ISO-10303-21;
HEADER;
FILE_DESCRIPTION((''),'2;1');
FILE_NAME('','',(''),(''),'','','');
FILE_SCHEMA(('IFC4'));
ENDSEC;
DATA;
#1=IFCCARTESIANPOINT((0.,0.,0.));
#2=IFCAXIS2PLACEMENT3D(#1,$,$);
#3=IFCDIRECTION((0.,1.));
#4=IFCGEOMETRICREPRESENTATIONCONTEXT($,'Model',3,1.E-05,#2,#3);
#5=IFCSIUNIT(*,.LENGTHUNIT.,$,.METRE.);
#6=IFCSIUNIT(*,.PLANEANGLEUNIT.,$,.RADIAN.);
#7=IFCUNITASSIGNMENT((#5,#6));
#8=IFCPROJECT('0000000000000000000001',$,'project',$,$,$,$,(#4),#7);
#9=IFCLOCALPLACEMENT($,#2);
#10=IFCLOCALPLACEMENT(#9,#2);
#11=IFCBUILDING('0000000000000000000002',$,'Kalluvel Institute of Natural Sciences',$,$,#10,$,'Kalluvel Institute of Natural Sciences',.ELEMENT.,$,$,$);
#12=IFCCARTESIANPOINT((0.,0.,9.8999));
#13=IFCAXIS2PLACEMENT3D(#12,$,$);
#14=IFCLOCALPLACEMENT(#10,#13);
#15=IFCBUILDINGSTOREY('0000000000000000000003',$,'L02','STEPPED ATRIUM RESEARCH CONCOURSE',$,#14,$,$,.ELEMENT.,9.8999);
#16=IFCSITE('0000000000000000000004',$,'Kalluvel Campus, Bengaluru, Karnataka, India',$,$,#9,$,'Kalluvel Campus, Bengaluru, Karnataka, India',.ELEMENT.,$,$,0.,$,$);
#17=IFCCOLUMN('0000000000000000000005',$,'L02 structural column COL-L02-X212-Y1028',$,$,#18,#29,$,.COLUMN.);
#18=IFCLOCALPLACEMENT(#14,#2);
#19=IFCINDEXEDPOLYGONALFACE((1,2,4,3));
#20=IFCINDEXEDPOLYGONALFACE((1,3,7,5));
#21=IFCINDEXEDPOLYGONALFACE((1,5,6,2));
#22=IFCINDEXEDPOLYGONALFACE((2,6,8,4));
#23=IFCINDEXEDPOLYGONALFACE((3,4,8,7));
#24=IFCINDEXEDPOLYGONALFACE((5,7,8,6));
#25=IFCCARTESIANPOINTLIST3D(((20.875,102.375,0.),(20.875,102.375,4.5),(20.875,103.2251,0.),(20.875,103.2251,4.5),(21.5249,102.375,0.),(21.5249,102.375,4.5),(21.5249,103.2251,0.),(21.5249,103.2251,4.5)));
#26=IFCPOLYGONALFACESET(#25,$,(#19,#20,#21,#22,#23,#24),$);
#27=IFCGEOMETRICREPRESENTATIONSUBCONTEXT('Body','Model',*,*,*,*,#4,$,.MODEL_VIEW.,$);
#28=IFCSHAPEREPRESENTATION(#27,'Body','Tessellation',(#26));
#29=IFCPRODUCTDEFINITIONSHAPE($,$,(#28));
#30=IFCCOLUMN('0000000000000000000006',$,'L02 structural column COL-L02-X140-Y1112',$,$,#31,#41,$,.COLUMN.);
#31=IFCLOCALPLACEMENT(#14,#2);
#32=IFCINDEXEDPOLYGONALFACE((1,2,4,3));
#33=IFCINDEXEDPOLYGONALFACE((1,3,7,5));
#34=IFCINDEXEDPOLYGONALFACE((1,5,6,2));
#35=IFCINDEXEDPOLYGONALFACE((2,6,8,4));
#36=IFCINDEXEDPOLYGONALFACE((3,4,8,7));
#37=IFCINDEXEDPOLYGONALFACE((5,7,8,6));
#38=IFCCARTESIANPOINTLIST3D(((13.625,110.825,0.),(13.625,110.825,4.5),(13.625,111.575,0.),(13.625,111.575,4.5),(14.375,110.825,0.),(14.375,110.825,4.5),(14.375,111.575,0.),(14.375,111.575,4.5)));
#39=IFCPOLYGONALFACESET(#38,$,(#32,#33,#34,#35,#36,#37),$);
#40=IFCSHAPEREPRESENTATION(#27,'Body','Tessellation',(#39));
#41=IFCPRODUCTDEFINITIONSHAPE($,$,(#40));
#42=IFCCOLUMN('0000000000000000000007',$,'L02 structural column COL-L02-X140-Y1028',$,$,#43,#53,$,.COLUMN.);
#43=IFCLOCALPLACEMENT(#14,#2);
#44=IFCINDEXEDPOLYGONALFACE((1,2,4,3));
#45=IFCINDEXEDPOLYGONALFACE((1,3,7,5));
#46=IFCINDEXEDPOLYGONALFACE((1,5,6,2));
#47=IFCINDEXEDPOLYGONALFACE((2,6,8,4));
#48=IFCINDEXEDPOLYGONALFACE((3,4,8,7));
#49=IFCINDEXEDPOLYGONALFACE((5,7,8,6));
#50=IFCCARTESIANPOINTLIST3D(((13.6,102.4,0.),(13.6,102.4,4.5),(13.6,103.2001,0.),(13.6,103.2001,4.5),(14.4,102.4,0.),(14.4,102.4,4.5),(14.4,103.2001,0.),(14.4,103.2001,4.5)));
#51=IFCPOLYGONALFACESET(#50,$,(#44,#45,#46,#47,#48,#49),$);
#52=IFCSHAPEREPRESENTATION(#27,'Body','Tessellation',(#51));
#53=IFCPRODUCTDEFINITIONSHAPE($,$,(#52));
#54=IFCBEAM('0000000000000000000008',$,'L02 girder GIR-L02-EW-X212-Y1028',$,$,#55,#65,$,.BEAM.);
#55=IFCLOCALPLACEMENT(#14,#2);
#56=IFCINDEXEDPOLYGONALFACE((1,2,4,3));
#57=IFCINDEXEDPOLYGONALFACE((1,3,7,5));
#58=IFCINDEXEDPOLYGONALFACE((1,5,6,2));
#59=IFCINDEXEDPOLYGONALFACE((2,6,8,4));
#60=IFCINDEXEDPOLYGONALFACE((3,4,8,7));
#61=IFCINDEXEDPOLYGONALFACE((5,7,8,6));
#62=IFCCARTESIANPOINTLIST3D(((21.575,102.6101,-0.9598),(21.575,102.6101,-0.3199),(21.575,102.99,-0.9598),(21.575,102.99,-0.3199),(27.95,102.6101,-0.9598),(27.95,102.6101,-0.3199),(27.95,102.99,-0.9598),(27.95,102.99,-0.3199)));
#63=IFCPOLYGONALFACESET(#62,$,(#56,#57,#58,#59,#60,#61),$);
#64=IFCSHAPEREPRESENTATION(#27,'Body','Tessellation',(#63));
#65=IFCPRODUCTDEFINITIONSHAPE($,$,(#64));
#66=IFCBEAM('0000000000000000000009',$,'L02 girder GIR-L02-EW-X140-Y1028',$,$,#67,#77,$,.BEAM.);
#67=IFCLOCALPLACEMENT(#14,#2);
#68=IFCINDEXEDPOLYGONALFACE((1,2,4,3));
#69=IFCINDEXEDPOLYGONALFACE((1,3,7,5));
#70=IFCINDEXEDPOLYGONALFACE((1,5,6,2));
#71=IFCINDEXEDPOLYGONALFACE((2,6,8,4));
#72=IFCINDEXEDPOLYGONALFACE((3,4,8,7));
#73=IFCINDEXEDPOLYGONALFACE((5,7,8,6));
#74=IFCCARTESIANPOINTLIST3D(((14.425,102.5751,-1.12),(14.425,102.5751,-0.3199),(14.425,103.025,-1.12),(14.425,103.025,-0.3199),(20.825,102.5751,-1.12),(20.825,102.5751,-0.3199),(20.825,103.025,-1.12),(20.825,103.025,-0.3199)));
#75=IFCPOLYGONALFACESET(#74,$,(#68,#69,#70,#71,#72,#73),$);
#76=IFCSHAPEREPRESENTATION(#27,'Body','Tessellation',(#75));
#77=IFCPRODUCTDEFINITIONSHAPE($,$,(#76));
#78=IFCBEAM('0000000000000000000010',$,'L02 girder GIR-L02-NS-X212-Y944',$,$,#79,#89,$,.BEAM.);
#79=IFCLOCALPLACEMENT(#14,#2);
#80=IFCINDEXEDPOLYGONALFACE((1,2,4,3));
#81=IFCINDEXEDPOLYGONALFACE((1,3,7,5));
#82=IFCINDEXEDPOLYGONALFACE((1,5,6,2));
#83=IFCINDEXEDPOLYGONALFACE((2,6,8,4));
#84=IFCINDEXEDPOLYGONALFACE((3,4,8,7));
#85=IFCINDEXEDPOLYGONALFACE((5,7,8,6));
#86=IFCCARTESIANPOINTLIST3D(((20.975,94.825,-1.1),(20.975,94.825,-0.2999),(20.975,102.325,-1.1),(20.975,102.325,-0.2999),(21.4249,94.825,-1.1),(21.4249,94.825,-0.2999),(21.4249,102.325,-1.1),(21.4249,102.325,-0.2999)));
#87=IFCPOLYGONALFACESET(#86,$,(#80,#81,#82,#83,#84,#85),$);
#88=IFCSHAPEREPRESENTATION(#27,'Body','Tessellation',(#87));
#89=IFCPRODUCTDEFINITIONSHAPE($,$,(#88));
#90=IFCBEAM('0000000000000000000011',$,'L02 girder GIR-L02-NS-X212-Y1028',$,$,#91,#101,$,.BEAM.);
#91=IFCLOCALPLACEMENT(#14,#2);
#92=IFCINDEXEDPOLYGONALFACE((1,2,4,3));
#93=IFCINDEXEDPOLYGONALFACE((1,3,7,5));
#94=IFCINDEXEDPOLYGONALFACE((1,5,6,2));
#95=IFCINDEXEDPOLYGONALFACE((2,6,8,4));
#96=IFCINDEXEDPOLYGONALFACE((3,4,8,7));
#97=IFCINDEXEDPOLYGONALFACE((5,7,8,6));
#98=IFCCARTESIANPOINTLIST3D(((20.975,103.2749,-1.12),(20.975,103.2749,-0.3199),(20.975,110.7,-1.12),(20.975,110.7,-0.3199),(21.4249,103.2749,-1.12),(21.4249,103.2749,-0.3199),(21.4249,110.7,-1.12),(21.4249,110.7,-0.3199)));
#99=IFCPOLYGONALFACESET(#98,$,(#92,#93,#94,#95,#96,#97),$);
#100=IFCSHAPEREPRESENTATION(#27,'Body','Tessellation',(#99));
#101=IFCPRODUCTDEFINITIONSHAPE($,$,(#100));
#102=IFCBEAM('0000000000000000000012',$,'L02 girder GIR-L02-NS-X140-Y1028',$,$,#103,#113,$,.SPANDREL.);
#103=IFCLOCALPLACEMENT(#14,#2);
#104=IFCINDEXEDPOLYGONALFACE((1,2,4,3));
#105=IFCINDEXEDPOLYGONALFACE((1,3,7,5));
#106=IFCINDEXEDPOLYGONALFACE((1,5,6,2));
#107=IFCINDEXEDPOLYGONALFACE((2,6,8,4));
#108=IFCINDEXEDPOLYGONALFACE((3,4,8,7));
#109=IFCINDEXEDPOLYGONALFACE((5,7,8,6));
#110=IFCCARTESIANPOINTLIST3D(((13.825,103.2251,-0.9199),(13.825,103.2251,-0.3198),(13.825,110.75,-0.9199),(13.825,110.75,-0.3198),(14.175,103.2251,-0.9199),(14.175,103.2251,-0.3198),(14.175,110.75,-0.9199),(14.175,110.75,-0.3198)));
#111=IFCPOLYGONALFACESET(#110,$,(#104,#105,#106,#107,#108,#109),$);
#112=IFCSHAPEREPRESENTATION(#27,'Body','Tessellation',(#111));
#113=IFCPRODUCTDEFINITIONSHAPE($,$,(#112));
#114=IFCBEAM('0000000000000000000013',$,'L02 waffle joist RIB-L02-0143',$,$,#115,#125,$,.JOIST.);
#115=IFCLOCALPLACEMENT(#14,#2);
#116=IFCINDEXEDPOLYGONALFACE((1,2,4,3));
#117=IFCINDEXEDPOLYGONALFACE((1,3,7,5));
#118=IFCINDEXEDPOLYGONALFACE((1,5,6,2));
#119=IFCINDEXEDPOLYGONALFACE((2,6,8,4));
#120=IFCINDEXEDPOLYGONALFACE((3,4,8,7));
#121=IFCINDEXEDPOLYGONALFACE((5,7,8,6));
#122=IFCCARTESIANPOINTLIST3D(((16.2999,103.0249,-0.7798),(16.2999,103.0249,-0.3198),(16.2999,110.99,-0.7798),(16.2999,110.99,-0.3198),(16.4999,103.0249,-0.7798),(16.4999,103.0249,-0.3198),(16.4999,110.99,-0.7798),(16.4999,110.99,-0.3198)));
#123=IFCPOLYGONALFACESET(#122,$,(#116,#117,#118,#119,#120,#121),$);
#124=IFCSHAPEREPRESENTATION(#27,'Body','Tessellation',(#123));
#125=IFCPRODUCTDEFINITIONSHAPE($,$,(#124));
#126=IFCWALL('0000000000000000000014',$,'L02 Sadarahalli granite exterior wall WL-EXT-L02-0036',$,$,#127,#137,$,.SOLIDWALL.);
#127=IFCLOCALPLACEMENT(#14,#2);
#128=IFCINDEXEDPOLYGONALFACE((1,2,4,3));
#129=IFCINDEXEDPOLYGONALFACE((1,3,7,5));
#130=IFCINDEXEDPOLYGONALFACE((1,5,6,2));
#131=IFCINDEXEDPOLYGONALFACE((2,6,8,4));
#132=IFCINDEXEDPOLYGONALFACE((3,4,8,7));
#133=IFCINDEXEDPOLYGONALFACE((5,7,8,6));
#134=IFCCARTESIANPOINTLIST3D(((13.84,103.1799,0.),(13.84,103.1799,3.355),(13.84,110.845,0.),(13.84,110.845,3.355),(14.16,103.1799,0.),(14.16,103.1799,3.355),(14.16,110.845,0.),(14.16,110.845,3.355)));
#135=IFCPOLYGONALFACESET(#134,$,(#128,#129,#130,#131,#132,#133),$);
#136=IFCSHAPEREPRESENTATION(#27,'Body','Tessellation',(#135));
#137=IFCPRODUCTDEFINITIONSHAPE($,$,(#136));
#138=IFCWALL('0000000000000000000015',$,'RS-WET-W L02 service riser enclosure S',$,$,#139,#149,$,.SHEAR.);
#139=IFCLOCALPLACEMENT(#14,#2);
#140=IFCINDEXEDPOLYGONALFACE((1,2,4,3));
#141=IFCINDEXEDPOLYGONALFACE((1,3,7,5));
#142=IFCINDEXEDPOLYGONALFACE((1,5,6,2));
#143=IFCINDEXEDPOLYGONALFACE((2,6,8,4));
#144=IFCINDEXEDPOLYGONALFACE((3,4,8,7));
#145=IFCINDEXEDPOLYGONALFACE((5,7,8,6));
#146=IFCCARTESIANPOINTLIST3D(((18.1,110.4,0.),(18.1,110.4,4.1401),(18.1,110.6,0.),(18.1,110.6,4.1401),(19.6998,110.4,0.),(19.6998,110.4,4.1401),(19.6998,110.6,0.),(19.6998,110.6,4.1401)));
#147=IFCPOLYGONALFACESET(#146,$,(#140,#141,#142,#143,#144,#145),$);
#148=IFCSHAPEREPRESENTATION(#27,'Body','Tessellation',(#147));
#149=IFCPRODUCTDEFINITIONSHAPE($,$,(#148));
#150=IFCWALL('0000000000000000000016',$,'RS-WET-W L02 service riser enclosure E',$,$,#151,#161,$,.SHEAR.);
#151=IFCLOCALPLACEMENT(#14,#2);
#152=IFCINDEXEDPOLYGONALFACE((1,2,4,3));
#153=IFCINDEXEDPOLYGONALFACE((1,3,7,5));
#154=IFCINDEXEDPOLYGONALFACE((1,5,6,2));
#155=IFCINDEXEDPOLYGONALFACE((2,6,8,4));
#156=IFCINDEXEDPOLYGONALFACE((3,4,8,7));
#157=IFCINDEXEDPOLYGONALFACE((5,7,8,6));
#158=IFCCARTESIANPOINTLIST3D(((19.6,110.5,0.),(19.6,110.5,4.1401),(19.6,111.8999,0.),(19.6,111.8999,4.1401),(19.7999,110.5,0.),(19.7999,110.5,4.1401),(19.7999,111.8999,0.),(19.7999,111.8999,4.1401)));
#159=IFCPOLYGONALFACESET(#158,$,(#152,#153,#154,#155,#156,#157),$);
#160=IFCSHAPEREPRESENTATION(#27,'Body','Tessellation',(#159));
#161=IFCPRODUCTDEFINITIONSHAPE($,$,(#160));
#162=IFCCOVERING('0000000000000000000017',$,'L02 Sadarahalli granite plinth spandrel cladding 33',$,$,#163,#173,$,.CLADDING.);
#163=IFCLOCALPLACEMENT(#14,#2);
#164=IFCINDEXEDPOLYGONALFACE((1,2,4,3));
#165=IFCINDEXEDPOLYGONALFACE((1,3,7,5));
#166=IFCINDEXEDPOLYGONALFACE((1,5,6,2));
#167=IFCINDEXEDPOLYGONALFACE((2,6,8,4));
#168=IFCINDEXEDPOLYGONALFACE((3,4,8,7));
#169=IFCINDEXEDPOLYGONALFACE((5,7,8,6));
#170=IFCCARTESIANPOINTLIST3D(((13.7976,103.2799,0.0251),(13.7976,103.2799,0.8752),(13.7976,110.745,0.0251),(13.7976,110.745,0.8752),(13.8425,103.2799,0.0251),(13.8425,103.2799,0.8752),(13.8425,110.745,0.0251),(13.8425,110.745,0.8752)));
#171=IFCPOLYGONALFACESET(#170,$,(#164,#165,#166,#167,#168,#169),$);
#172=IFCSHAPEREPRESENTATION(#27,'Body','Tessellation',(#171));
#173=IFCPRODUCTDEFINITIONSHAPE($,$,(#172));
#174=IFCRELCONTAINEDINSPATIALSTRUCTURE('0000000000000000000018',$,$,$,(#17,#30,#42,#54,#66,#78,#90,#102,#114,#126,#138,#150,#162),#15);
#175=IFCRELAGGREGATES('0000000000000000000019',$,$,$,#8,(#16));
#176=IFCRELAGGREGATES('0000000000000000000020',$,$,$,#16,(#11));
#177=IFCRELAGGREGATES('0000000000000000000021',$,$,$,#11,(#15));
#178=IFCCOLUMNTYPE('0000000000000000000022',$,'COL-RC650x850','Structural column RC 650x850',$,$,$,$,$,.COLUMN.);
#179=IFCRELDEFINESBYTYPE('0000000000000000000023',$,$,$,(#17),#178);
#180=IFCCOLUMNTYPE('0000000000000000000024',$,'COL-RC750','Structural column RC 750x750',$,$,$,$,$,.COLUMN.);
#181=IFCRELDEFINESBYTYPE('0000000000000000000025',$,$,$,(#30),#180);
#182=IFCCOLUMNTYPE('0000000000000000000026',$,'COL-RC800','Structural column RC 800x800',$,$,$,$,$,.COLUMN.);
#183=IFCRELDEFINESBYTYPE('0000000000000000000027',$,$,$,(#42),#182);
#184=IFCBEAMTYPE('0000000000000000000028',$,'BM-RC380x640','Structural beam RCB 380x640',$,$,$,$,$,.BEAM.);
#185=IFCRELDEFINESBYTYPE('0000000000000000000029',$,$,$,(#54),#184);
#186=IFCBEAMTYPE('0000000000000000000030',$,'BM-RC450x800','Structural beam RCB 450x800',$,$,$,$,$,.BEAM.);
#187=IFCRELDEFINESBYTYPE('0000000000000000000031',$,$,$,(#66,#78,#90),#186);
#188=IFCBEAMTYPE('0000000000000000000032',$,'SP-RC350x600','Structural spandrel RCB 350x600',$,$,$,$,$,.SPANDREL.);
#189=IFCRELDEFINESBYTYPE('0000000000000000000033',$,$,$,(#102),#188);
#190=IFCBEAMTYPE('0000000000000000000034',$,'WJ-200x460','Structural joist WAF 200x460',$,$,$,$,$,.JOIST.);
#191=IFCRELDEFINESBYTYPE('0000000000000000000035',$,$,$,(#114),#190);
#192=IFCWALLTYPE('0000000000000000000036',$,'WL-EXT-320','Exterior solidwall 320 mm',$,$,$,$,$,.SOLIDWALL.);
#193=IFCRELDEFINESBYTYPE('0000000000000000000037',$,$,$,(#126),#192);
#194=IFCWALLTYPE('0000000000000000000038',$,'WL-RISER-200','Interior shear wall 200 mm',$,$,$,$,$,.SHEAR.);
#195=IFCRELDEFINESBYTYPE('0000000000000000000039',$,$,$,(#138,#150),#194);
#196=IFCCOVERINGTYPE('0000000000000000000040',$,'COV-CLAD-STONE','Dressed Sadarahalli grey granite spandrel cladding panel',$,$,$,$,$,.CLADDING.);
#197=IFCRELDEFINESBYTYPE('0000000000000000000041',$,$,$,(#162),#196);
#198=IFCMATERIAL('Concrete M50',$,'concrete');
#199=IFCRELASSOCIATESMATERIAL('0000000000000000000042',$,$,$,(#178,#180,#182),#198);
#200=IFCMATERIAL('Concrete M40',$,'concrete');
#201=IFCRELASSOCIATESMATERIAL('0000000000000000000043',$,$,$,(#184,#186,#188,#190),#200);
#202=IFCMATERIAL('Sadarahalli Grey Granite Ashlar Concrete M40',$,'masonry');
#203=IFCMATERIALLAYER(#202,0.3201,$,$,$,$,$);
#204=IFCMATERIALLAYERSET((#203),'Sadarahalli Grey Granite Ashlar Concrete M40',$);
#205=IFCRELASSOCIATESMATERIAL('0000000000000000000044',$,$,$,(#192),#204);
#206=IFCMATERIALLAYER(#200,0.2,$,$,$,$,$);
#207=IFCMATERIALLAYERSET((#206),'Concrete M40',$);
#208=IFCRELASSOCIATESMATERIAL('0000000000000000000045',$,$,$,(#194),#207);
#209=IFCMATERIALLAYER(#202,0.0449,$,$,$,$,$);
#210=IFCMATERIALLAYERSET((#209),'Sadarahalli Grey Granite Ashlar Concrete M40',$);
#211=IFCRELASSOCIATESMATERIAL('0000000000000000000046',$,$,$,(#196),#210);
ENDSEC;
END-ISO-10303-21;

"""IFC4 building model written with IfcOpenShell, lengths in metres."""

from ifc_helpers import new_model, si_unit, direction, frame, frame_2d, origin, origin_2d, place, context, subcontext, project, spatial, rectangle, extrude, material, layer, layer_set, material_profile, profile_set, type_object, element, save


model = new_model("IFC4")

# Units and contexts
model_context = context("Model", 3, precision=1e-05, world=origin(), true_north=direction((0.0, 1.0)))
body_context = subcontext(model_context, "Body", "Model", "MODEL_VIEW")
ifc_project = project(units=[si_unit("LENGTHUNIT", "METRE"), si_unit("PLANEANGLEUNIT", "RADIAN")], contexts=[model_context])

# Site, building, storey
site_placement = place(None, origin())
site = spatial("IfcSite", under=ifc_project, at=site_placement, Name="Kalluvel Campus, Bengaluru, Karnataka, India", LongName="Kalluvel Campus, Bengaluru, Karnataka, India", CompositionType="ELEMENT", RefElevation=0.0)
building_placement = place(site_placement, origin())
building = spatial("IfcBuilding", under=site, at=building_placement, Name="Kalluvel Institute of Natural Sciences", LongName="Kalluvel Institute of Natural Sciences", CompositionType="ELEMENT")
storey_placement = place(building_placement, frame((0.0, 0.0, 9.8999)))
storey = spatial("IfcBuildingStorey", under=building, at=storey_placement, Name="L02", Description="STEPPED ATRIUM RESEARCH CONCOURSE", CompositionType="ELEMENT", Elevation=9.8999)

# Columns
ifc_material_1 = material(Name="Concrete M50", Category="concrete")
ifc_material_profile_1 = material_profile(ifc_material_1, rectangle(XDim=0.6499, YDim=0.8501, at=origin_2d()), Name="RC 650x850")
ifc_profile_set_1 = profile_set([ifc_material_profile_1], Name="Concrete M50")
column_type_1 = type_object("IfcColumnType", Name="COL-RC650x850", Description="Structural column RC 650x850", PredefinedType="COLUMN", material=ifc_profile_set_1)
column_1_placement = place(storey_placement, frame((21.2, 102.8, 0.0), z_axis=(0.0, 0.0, 1.0), x_axis=(1.0, 0.0, 0.0)))
element("IfcColumn", 1, at=column_1_placement, inside=storey, type_object=column_type_1, Name="L02 structural column COL-L02-X212-Y1028", PredefinedType="COLUMN", context=body_context, shape_type="SweptSolid", body=[
    extrude(rectangle(XDim=0.6499, YDim=0.8501, at=origin_2d()), origin(), (0.0, 0.0, 1.0), 4.5),
])
ifc_material_profile_2 = material_profile(ifc_material_1, rectangle(XDim=0.75, YDim=0.75, at=origin_2d()), Name="RC 750x750")
ifc_profile_set_2 = profile_set([ifc_material_profile_2], Name="Concrete M50")
column_type_2 = type_object("IfcColumnType", Name="COL-RC750", Description="Structural column RC 750x750", PredefinedType="COLUMN", material=ifc_profile_set_2)
column_2_placement = place(storey_placement, frame((14.0, 111.2, 0.0), z_axis=(0.0, 0.0, 1.0), x_axis=(1.0, 0.0, 0.0)))
element("IfcColumn", 2, at=column_2_placement, inside=storey, type_object=column_type_2, Name="L02 structural column COL-L02-X140-Y1112", PredefinedType="COLUMN", context=body_context, shape_type="SweptSolid", body=[
    extrude(rectangle(XDim=0.75, YDim=0.75, at=origin_2d()), origin(), (0.0, 0.0, 1.0), 4.5),
])
ifc_material_profile_3 = material_profile(ifc_material_1, rectangle(XDim=0.8, YDim=0.8, at=origin_2d()), Name="RC 800x800")
ifc_profile_set_3 = profile_set([ifc_material_profile_3], Name="Concrete M50")
column_type_3 = type_object("IfcColumnType", Name="COL-RC800", Description="Structural column RC 800x800", PredefinedType="COLUMN", material=ifc_profile_set_3)
column_3_placement = place(storey_placement, frame((14.0, 102.8, 0.0), z_axis=(0.0, 0.0, 1.0), x_axis=(1.0, 0.0, 0.0)))
element("IfcColumn", 3, at=column_3_placement, inside=storey, type_object=column_type_3, Name="L02 structural column COL-L02-X140-Y1028", PredefinedType="COLUMN", context=body_context, shape_type="SweptSolid", body=[
    extrude(rectangle(XDim=0.8, YDim=0.8, at=origin_2d()), origin(), (0.0, 0.0, 1.0), 4.5),
])

# Beams
ifc_material_2 = material(Name="Concrete M40", Category="concrete")
ifc_material_profile_4 = material_profile(ifc_material_2, rectangle(XDim=0.3799, YDim=0.6399, at=origin_2d()), Name="RCB 380x640")
ifc_profile_set_4 = profile_set([ifc_material_profile_4], Name="Concrete M40")
beam_type_1 = type_object("IfcBeamType", Name="BM-RC380x640", Description="Structural beam RCB 380x640", PredefinedType="BEAM", material=ifc_profile_set_4)
beam_1_placement = place(storey_placement, frame((21.575, 102.8, -0.6399), z_axis=(1.0, 0.0, 0.0), x_axis=(0.0, 1.0, 0.0)))
element("IfcBeam", 4, at=beam_1_placement, inside=storey, type_object=beam_type_1, Name="L02 girder GIR-L02-EW-X212-Y1028", PredefinedType="BEAM", context=body_context, shape_type="SweptSolid", body=[
    extrude(rectangle(XDim=0.3799, YDim=0.6399, at=origin_2d()), origin(), (0.0, 0.0, 1.0), 6.375),
])
ifc_material_profile_5 = material_profile(ifc_material_2, rectangle(XDim=0.45, YDim=0.8, at=origin_2d()), Name="RCB 450x800")
ifc_profile_set_5 = profile_set([ifc_material_profile_5], Name="Concrete M40")
beam_type_2 = type_object("IfcBeamType", Name="BM-RC450x800", Description="Structural beam RCB 450x800", PredefinedType="BEAM", material=ifc_profile_set_5)
beam_2_placement = place(storey_placement, frame((14.425, 102.8, -0.72), z_axis=(1.0, 0.0, 0.0), x_axis=(0.0, 1.0, 0.0)))
element("IfcBeam", 5, at=beam_2_placement, inside=storey, type_object=beam_type_2, Name="L02 girder GIR-L02-EW-X140-Y1028", PredefinedType="BEAM", context=body_context, shape_type="SweptSolid", body=[
    extrude(rectangle(XDim=0.45, YDim=0.8, at=origin_2d()), origin(), (0.0, 0.0, 1.0), 6.3999),
])
beam_3_placement = place(storey_placement, frame((21.2, 94.825, -0.7), z_axis=(0.0, 1.0, 0.0), x_axis=(-1.0, 0.0, 0.0)))
element("IfcBeam", 6, at=beam_3_placement, inside=storey, type_object=beam_type_2, Name="L02 girder GIR-L02-NS-X212-Y944", PredefinedType="BEAM", context=body_context, shape_type="SweptSolid", body=[
    extrude(rectangle(XDim=0.45, YDim=0.8, at=origin_2d()), origin(), (0.0, 0.0, 1.0), 7.5),
])
beam_4_placement = place(storey_placement, frame((21.2, 103.2749, -0.72), z_axis=(0.0, 1.0, 0.0), x_axis=(-1.0, 0.0, 0.0)))
element("IfcBeam", 7, at=beam_4_placement, inside=storey, type_object=beam_type_2, Name="L02 girder GIR-L02-NS-X212-Y1028", PredefinedType="BEAM", context=body_context, shape_type="SweptSolid", body=[
    extrude(rectangle(XDim=0.45, YDim=0.8, at=origin_2d()), origin(), (0.0, 0.0, 1.0), 7.425),
])
ifc_material_profile_6 = material_profile(ifc_material_2, rectangle(XDim=0.3501, YDim=0.6001, at=origin_2d()), Name="RCB 350x600")
ifc_profile_set_6 = profile_set([ifc_material_profile_6], Name="Concrete M40")
beam_type_3 = type_object("IfcBeamType", Name="SP-RC350x600", Description="Structural spandrel RCB 350x600", PredefinedType="SPANDREL", material=ifc_profile_set_6)
beam_5_placement = place(storey_placement, frame((14.0, 103.2251, -0.6199), z_axis=(0.0, 1.0, 0.0), x_axis=(-1.0, 0.0, 0.0)))
element("IfcBeam", 8, at=beam_5_placement, inside=storey, type_object=beam_type_3, Name="L02 girder GIR-L02-NS-X140-Y1028", PredefinedType="SPANDREL", context=body_context, shape_type="SweptSolid", body=[
    extrude(rectangle(XDim=0.3501, YDim=0.6001, at=origin_2d()), origin(), (0.0, 0.0, 1.0), 7.5249),
])
ifc_material_profile_7 = material_profile(ifc_material_2, rectangle(XDim=0.2, YDim=0.46, at=origin_2d()), Name="WAF 200x460")
ifc_profile_set_7 = profile_set([ifc_material_profile_7], Name="Concrete M40")
beam_type_4 = type_object("IfcBeamType", Name="WJ-200x460", Description="Structural joist WAF 200x460", PredefinedType="JOIST", material=ifc_profile_set_7)
beam_6_placement = place(storey_placement, frame((16.3999, 103.0249, -0.5498), z_axis=(0.0, 1.0, 0.0), x_axis=(-1.0, 0.0, 0.0)))
element("IfcBeam", 9, at=beam_6_placement, inside=storey, type_object=beam_type_4, Name="L02 waffle joist RIB-L02-0143", PredefinedType="JOIST", context=body_context, shape_type="SweptSolid", body=[
    extrude(rectangle(XDim=0.2, YDim=0.46, at=origin_2d()), origin(), (0.0, 0.0, 1.0), 7.9651),
])

# Walls
ifc_material_3 = material(Name="Sadarahalli Grey Granite Ashlar Concrete M40", Category="masonry")
ifc_layer_1 = layer(ifc_material_3, 0.3201)
ifc_layer_set_1 = layer_set([ifc_layer_1], Name="Sadarahalli Grey Granite Ashlar Concrete M40")
wall_type_1 = type_object("IfcWallType", Name="WL-EXT-320", Description="Exterior solidwall 320 mm", PredefinedType="SOLIDWALL", material=ifc_layer_set_1)
wall_1_placement = place(storey_placement, frame((14.0, 103.1799, 0.0), z_axis=(0.0, 0.0, 1.0), x_axis=(0.0, 1.0, 0.0)))
element("IfcWall", 10, at=wall_1_placement, inside=storey, type_object=wall_type_1, Name="L02 Sadarahalli granite exterior wall WL-EXT-L02-0036", PredefinedType="SOLIDWALL", context=body_context, shape_type="SweptSolid", body=[
    extrude(rectangle(XDim=7.665, YDim=0.3201, at=frame_2d((3.8325, 0.0))), origin(), (0.0, 0.0, 1.0), 3.355),
])
ifc_layer_2 = layer(ifc_material_2, 0.2)
ifc_layer_set_2 = layer_set([ifc_layer_2], Name="Concrete M40")
wall_type_2 = type_object("IfcWallType", Name="WL-RISER-200", Description="Interior shear wall 200 mm", PredefinedType="SHEAR", material=ifc_layer_set_2)
wall_2_placement = place(storey_placement, frame((18.1001, 110.5, 0.0), z_axis=(0.0, 0.0, 1.0), x_axis=(1.0, 0.0, 0.0)))
element("IfcWall", 11, at=wall_2_placement, inside=storey, type_object=wall_type_2, Name="RS-WET-W L02 service riser enclosure S", PredefinedType="SHEAR", context=body_context, shape_type="SweptSolid", body=[
    extrude(rectangle(XDim=1.5999, YDim=0.2, at=frame_2d((0.7998, 0.0))), origin(), (0.0, 0.0, 1.0), 4.1401),
])
wall_3_placement = place(storey_placement, frame((19.7, 110.5, 0.0), z_axis=(0.0, 0.0, 1.0), x_axis=(0.0, 1.0, 0.0)))
element("IfcWall", 12, at=wall_3_placement, inside=storey, type_object=wall_type_2, Name="RS-WET-W L02 service riser enclosure E", PredefinedType="SHEAR", context=body_context, shape_type="SweptSolid", body=[
    extrude(rectangle(XDim=1.3999, YDim=0.2, at=frame_2d((0.7, 0.0))), origin(), (0.0, 0.0, 1.0), 4.1401),
])

# Covering
ifc_layer_3 = layer(ifc_material_3, 0.0449)
ifc_layer_set_3 = layer_set([ifc_layer_3], Name="Sadarahalli Grey Granite Ashlar Concrete M40")
covering_type = type_object("IfcCoveringType", Name="COV-CLAD-STONE", Description="Dressed Sadarahalli grey granite spandrel cladding panel", PredefinedType="CLADDING", material=ifc_layer_set_3)
covering_1_placement = place(storey_placement, frame((13.8201, 107.0125, 0.0251), z_axis=(0.0, 0.0, 1.0), x_axis=(0.0, 1.0, 0.0)))
element("IfcCovering", 13, at=covering_1_placement, inside=storey, type_object=covering_type, Name="L02 Sadarahalli granite plinth spandrel cladding 33", PredefinedType="CLADDING", context=body_context, shape_type="SweptSolid", body=[
    extrude(rectangle(XDim=7.4651, YDim=0.0449, at=origin_2d()), origin(), (0.0, 0.0, 1.0), 0.8501),
])

save(model, "model.ifc")
